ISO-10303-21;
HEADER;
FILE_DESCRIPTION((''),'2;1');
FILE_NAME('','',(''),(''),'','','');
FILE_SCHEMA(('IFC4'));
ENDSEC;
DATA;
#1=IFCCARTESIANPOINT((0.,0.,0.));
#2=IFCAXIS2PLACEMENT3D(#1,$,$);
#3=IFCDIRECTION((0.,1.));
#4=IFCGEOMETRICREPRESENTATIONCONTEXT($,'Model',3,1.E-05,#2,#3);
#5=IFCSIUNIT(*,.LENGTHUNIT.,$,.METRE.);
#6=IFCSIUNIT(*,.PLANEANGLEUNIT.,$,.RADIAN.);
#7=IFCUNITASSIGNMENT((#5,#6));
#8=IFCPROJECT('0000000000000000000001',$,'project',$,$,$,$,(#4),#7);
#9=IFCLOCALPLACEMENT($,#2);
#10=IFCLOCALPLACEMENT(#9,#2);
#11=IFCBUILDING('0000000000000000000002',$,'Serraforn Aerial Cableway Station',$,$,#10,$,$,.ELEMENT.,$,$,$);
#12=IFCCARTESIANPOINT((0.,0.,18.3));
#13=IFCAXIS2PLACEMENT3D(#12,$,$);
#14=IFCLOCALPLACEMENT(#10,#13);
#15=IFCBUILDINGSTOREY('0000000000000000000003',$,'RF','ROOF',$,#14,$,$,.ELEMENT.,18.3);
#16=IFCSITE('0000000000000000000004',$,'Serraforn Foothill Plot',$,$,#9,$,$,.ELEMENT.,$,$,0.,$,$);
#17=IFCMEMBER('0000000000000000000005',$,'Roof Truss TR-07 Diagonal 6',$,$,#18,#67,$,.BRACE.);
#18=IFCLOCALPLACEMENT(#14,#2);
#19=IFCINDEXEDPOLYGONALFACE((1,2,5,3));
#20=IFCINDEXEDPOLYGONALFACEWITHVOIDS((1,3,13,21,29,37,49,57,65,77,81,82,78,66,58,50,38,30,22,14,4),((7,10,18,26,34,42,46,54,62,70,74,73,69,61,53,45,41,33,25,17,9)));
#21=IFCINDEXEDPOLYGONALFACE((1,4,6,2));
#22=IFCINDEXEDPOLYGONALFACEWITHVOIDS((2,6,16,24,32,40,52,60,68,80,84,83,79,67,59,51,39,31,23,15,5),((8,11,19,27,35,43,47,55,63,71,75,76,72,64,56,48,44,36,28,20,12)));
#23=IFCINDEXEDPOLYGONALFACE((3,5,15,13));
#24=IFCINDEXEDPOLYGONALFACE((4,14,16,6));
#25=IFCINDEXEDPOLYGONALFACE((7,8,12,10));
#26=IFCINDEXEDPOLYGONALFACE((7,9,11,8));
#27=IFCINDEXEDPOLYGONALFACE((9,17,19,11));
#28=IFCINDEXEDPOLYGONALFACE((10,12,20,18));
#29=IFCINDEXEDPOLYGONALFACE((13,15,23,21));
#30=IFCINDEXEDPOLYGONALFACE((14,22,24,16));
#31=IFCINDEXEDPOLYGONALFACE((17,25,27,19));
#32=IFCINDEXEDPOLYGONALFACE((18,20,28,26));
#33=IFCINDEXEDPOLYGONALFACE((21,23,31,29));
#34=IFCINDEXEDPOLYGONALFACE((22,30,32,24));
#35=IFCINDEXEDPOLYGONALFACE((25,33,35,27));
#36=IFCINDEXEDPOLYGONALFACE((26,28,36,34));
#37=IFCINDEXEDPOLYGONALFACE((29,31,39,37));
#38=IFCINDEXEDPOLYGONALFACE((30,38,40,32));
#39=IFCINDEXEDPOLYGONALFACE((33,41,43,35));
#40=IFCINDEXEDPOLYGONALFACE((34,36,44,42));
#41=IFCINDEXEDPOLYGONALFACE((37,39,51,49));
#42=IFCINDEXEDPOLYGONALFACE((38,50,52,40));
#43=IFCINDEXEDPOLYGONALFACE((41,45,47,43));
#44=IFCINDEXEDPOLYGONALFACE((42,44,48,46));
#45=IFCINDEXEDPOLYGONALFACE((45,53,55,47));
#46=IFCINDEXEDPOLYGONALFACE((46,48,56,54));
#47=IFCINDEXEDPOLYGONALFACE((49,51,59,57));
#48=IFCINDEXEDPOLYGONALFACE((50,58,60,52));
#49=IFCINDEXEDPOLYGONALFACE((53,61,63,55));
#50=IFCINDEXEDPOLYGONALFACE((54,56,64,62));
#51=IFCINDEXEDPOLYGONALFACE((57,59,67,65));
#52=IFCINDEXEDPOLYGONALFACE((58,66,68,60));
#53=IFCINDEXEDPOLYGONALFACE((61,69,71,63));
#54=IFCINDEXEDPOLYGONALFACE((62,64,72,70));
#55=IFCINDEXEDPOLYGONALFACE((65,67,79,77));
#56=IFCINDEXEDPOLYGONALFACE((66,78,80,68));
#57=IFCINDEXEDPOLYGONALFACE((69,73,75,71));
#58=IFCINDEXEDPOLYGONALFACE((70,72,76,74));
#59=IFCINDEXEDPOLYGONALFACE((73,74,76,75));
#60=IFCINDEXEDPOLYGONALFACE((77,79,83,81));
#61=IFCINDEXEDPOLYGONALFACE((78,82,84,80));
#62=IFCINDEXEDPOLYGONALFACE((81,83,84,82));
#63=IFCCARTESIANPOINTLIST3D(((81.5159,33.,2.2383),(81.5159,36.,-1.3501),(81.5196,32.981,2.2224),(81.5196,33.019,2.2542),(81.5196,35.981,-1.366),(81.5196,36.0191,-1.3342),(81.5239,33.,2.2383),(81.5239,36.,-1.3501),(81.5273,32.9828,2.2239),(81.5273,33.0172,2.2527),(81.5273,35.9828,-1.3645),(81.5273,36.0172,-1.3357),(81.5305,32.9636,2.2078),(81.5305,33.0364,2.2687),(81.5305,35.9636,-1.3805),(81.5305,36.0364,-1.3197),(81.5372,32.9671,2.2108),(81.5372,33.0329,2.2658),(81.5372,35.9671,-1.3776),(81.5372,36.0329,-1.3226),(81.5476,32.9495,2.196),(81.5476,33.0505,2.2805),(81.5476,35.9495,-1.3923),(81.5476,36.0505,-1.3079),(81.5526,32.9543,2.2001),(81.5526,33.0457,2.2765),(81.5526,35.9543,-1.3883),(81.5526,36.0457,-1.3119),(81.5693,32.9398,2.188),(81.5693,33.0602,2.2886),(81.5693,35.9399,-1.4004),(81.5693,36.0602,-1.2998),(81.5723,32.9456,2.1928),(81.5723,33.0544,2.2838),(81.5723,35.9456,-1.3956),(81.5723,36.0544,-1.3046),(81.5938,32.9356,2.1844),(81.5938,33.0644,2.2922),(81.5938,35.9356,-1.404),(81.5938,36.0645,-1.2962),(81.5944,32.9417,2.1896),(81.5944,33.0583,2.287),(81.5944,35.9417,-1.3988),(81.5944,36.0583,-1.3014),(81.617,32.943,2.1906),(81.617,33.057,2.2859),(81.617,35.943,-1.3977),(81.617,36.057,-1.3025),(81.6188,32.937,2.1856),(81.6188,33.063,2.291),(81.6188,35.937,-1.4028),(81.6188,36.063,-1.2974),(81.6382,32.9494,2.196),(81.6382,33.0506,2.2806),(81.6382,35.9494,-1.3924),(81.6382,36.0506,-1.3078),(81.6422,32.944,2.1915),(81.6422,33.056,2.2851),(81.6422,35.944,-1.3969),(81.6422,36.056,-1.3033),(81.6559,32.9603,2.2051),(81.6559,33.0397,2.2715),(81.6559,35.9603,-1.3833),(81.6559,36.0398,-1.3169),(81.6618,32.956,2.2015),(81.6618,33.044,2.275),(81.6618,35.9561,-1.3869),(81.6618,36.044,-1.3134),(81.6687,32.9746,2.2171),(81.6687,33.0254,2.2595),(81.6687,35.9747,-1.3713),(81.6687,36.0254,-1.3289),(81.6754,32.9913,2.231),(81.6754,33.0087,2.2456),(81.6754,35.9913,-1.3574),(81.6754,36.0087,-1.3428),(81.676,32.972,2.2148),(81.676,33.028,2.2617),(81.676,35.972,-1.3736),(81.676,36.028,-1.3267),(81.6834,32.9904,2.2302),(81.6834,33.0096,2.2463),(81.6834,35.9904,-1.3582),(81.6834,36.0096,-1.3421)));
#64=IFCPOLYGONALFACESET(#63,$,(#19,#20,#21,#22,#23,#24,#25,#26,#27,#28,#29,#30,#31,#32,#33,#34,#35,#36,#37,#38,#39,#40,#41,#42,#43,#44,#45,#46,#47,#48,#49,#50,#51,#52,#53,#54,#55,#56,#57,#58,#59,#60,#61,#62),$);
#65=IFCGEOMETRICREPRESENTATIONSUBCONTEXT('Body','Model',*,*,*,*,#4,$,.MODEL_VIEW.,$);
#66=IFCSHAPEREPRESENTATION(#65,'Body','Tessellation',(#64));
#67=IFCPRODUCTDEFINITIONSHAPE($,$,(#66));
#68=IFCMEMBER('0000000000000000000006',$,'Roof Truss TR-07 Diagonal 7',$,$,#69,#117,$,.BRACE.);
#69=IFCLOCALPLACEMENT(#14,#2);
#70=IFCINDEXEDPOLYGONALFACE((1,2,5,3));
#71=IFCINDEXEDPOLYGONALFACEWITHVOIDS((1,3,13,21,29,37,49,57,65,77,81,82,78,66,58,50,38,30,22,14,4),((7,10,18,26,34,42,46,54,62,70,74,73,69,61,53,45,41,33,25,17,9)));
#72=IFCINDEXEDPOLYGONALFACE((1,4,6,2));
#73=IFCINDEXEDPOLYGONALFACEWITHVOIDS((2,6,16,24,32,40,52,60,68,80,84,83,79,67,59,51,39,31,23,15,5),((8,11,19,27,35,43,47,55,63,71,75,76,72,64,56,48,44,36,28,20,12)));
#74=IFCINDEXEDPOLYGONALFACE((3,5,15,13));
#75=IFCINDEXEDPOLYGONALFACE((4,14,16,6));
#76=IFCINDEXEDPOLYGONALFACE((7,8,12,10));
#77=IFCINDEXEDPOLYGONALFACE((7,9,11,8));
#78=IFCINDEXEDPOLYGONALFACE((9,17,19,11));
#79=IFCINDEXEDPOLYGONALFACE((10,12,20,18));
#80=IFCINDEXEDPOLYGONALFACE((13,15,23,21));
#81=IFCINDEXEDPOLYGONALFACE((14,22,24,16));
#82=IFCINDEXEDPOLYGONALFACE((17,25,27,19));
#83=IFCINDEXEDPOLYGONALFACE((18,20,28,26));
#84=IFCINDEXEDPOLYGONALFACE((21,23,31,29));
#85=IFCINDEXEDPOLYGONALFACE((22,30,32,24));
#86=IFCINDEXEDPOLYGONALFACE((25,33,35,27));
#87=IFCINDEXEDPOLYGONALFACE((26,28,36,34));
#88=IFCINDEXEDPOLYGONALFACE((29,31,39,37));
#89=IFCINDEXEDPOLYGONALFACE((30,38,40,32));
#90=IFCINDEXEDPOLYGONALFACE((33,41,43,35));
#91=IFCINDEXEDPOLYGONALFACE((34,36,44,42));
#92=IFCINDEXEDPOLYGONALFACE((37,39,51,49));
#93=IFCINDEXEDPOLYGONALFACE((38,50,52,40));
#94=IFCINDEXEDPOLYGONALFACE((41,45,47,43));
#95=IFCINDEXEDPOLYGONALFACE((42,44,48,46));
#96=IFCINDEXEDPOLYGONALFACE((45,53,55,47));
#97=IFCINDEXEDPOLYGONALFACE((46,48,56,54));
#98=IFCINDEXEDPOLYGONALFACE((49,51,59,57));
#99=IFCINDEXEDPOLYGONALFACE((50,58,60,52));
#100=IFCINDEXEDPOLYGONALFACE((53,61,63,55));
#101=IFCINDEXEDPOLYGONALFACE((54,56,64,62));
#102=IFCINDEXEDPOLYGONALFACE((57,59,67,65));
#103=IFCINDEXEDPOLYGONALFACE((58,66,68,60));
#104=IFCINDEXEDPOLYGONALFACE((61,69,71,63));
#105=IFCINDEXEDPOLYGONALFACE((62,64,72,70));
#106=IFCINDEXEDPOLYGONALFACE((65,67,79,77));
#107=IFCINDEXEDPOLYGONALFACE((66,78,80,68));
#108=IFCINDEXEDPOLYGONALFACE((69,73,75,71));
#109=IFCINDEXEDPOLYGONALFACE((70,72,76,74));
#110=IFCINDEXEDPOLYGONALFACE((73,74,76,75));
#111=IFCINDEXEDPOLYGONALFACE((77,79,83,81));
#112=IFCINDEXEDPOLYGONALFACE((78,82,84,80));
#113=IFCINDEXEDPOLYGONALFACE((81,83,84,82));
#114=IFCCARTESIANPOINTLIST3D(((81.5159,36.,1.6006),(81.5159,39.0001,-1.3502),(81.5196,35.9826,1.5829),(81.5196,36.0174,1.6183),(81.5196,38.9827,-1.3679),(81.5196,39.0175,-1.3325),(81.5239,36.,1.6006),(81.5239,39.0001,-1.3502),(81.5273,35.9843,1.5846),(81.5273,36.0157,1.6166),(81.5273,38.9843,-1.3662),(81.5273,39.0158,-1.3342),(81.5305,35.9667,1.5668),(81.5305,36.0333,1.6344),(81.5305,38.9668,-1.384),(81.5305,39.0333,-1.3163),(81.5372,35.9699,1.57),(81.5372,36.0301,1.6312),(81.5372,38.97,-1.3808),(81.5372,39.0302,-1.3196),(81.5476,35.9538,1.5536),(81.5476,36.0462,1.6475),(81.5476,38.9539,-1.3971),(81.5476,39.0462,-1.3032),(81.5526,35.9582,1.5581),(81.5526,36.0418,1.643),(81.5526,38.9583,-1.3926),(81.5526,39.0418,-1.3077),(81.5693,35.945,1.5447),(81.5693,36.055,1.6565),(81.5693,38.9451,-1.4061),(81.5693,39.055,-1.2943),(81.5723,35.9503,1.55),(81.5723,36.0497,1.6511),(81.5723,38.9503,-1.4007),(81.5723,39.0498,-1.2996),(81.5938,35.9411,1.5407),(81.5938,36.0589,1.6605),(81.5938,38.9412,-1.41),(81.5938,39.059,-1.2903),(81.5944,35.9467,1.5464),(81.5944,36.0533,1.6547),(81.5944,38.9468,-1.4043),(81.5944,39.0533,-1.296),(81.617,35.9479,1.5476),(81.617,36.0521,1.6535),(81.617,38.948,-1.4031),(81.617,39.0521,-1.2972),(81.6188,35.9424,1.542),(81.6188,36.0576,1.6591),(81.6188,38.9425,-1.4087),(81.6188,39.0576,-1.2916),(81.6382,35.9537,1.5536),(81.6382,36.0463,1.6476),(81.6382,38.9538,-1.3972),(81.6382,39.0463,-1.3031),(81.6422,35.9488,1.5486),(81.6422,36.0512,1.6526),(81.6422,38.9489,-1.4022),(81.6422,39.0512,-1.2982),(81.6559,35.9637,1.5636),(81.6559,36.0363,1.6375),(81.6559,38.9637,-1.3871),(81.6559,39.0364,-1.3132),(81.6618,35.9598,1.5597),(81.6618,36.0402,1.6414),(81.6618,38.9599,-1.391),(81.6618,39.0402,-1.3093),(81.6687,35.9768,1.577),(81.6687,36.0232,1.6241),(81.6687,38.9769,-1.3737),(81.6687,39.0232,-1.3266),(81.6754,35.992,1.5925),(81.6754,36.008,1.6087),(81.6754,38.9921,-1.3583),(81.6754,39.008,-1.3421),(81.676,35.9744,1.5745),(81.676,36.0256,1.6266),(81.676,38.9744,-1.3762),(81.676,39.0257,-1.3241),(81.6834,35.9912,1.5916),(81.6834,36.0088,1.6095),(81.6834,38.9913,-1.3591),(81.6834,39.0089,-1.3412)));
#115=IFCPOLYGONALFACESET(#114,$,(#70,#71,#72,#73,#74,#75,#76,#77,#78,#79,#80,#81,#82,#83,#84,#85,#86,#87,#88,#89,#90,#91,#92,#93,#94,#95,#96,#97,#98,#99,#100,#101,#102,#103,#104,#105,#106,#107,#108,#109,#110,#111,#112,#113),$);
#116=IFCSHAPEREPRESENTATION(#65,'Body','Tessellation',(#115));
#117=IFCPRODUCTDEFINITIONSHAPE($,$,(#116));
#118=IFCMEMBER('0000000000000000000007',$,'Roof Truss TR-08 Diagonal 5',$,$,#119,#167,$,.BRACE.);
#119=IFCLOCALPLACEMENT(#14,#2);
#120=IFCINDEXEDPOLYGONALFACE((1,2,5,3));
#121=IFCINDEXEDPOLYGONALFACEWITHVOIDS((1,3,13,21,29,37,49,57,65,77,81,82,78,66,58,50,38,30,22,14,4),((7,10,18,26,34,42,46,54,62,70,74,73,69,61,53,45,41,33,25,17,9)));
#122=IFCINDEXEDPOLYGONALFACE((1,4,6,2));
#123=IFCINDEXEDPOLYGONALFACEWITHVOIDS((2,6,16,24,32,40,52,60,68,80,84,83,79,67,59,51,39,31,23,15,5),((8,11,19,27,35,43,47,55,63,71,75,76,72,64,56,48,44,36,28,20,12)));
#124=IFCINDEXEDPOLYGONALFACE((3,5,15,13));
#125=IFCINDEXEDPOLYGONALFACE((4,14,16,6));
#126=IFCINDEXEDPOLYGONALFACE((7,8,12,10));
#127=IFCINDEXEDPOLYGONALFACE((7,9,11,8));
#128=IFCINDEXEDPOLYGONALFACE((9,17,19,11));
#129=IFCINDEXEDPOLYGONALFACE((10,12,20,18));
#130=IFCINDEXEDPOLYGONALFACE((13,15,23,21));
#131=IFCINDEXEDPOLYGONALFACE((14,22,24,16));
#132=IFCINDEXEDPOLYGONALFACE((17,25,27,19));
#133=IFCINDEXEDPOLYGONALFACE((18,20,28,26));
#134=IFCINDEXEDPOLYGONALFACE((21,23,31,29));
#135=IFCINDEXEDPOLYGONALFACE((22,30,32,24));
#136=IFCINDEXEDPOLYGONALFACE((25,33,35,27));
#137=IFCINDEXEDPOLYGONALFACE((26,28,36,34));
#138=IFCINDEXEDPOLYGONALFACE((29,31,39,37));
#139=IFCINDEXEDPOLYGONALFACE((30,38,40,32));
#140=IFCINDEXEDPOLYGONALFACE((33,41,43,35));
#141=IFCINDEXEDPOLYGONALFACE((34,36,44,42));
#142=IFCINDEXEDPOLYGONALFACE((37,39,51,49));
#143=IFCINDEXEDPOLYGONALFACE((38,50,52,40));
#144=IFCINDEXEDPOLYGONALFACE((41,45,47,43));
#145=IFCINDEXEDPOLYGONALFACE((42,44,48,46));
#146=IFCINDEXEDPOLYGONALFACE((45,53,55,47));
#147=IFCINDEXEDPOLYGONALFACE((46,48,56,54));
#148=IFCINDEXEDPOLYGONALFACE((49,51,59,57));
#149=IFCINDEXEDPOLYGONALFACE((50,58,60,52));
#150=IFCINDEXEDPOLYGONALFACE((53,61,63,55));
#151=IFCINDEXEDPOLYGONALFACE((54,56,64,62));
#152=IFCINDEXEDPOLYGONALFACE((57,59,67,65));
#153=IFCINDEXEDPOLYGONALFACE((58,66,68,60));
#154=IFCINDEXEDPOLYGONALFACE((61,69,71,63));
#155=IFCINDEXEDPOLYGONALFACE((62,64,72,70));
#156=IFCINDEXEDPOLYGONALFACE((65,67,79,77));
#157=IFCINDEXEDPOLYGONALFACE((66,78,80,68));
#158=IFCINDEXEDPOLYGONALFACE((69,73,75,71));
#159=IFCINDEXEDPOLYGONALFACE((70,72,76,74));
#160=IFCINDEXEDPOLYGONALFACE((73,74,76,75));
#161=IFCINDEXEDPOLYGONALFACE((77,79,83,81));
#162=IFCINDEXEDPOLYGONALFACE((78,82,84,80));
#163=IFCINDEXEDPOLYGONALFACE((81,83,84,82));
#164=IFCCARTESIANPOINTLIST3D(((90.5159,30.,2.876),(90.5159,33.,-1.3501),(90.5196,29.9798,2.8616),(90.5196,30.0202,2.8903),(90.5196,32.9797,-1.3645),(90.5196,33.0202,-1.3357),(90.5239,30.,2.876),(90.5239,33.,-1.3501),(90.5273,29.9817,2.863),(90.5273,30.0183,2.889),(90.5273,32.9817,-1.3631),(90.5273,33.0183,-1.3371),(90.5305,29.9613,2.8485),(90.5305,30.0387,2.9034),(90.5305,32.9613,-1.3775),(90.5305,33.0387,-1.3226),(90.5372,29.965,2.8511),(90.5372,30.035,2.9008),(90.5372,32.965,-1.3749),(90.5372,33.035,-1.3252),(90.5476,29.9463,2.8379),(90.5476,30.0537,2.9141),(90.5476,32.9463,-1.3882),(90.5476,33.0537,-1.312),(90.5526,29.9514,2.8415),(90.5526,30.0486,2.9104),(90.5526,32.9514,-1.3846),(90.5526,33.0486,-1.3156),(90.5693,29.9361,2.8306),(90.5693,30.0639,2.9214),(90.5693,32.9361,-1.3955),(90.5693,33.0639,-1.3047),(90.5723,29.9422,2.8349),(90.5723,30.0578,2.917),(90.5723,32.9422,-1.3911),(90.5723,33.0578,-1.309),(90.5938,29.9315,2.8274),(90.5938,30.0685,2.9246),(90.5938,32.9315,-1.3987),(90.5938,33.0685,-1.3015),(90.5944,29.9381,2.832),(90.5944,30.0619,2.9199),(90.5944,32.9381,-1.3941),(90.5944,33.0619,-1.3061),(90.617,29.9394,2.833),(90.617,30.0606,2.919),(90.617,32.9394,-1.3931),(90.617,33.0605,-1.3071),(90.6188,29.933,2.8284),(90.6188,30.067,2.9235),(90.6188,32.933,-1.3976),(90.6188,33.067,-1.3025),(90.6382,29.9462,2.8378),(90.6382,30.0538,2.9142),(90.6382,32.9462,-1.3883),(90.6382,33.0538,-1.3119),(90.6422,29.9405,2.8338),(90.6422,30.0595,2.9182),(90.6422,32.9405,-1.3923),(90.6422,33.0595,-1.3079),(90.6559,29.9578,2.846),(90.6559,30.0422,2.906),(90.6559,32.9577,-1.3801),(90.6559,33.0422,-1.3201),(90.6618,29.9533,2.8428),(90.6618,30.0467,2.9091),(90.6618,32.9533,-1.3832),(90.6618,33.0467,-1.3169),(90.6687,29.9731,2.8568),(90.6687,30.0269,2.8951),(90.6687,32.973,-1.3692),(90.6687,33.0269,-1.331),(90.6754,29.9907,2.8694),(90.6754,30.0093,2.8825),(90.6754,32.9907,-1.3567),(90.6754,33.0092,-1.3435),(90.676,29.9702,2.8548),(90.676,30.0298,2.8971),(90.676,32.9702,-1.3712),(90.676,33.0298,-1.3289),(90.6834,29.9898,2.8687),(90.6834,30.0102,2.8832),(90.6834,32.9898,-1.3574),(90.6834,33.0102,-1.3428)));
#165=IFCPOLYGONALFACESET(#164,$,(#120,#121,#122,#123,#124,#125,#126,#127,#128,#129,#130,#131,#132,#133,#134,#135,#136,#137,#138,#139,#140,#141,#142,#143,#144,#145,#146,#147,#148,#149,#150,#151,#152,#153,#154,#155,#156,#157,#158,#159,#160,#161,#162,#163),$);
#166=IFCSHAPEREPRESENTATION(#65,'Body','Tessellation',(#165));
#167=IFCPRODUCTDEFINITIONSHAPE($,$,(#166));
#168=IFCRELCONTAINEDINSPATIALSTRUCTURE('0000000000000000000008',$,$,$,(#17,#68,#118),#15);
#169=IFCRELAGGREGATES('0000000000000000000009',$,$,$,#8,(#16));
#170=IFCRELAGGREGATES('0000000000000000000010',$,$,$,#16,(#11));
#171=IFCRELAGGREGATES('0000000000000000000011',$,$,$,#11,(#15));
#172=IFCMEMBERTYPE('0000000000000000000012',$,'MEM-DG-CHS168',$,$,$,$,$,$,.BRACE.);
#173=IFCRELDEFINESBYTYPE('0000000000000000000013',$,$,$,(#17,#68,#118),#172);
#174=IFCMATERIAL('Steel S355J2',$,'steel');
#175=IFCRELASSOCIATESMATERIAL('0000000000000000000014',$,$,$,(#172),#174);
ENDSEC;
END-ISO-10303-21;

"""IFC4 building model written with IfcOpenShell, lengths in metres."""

from ifc_helpers import new_model, si_unit, direction, frame, origin, origin_2d, place, context, subcontext, project, spatial, hollow_circle, extrude, material, material_profile, profile_set, type_object, element, save


model = new_model("IFC4")

# Units and contexts
model_context = context("Model", 3, precision=1e-05, world=origin(), true_north=direction((0.0, 1.0)))
body_context = subcontext(model_context, "Body", "Model", "MODEL_VIEW")
ifc_project = project(units=[si_unit("LENGTHUNIT", "METRE"), si_unit("PLANEANGLEUNIT", "RADIAN")], contexts=[model_context])

# Site, building, storey
site_placement = place(None, origin())
site = spatial("IfcSite", under=ifc_project, at=site_placement, Name="Serraforn Foothill Plot", CompositionType="ELEMENT", RefElevation=0.0)
building_placement = place(site_placement, origin())
building = spatial("IfcBuilding", under=site, at=building_placement, Name="Serraforn Aerial Cableway Station", CompositionType="ELEMENT")
storey_placement = place(building_placement, frame((0.0, 0.0, 18.3)))
storey = spatial("IfcBuildingStorey", under=building, at=storey_placement, Name="RF", Description="ROOF", CompositionType="ELEMENT", Elevation=18.3)

# Members
ifc_material_1 = material(Name="Steel S355J2", Category="steel")
ifc_material_profile_1 = material_profile(ifc_material_1, hollow_circle(Radius=0.0842, WallThickness=0.0081, at=origin_2d()), Name="CHS 168.3x8.0")
ifc_profile_set_1 = profile_set([ifc_material_profile_1], Name="Steel S355J2")
member_type_1 = type_object("IfcMemberType", Name="MEM-DG-CHS168", PredefinedType="BRACE", material=ifc_profile_set_1)
member_1_placement = place(storey_placement, frame((81.6001, 33.0, 2.2383), z_axis=(0.0, 0.641406, -0.767202), x_axis=(-1.0, 0.0, 0.0)))
element("IfcMember", 1, at=member_1_placement, inside=storey, type_object=member_type_1, Name="Roof Truss TR-07 Diagonal 6", PredefinedType="BRACE", context=body_context, shape_type="SweptSolid", body=[
    extrude(hollow_circle(Radius=0.0842, WallThickness=0.0081, at=origin_2d()), origin(), (0.0, 0.0, 1.0), 4.6772),
])
member_2_placement = place(storey_placement, frame((81.6001, 36.0, 1.6006), z_axis=(0.0, 0.712942, -0.701223), x_axis=(-1.0, 0.0, 0.0)))
element("IfcMember", 2, at=member_2_placement, inside=storey, type_object=member_type_1, Name="Roof Truss TR-07 Diagonal 7", PredefinedType="BRACE", context=body_context, shape_type="SweptSolid", body=[
    extrude(hollow_circle(Radius=0.0842, WallThickness=0.0081, at=origin_2d()), origin(), (0.0, 0.0, 1.0), 4.208),
])
member_3_placement = place(storey_placement, frame((90.6001, 30.0, 2.876), z_axis=(0.0, 0.578856, -0.81543), x_axis=(-1.0, 0.0, 0.0)))
element("IfcMember", 3, at=member_3_placement, inside=storey, type_object=member_type_1, Name="Roof Truss TR-08 Diagonal 5", PredefinedType="BRACE", context=body_context, shape_type="SweptSolid", body=[
    extrude(hollow_circle(Radius=0.0842, WallThickness=0.0081, at=origin_2d()), origin(), (0.0, 0.0, 1.0), 5.1826),
])

save(model, "model.ifc")
